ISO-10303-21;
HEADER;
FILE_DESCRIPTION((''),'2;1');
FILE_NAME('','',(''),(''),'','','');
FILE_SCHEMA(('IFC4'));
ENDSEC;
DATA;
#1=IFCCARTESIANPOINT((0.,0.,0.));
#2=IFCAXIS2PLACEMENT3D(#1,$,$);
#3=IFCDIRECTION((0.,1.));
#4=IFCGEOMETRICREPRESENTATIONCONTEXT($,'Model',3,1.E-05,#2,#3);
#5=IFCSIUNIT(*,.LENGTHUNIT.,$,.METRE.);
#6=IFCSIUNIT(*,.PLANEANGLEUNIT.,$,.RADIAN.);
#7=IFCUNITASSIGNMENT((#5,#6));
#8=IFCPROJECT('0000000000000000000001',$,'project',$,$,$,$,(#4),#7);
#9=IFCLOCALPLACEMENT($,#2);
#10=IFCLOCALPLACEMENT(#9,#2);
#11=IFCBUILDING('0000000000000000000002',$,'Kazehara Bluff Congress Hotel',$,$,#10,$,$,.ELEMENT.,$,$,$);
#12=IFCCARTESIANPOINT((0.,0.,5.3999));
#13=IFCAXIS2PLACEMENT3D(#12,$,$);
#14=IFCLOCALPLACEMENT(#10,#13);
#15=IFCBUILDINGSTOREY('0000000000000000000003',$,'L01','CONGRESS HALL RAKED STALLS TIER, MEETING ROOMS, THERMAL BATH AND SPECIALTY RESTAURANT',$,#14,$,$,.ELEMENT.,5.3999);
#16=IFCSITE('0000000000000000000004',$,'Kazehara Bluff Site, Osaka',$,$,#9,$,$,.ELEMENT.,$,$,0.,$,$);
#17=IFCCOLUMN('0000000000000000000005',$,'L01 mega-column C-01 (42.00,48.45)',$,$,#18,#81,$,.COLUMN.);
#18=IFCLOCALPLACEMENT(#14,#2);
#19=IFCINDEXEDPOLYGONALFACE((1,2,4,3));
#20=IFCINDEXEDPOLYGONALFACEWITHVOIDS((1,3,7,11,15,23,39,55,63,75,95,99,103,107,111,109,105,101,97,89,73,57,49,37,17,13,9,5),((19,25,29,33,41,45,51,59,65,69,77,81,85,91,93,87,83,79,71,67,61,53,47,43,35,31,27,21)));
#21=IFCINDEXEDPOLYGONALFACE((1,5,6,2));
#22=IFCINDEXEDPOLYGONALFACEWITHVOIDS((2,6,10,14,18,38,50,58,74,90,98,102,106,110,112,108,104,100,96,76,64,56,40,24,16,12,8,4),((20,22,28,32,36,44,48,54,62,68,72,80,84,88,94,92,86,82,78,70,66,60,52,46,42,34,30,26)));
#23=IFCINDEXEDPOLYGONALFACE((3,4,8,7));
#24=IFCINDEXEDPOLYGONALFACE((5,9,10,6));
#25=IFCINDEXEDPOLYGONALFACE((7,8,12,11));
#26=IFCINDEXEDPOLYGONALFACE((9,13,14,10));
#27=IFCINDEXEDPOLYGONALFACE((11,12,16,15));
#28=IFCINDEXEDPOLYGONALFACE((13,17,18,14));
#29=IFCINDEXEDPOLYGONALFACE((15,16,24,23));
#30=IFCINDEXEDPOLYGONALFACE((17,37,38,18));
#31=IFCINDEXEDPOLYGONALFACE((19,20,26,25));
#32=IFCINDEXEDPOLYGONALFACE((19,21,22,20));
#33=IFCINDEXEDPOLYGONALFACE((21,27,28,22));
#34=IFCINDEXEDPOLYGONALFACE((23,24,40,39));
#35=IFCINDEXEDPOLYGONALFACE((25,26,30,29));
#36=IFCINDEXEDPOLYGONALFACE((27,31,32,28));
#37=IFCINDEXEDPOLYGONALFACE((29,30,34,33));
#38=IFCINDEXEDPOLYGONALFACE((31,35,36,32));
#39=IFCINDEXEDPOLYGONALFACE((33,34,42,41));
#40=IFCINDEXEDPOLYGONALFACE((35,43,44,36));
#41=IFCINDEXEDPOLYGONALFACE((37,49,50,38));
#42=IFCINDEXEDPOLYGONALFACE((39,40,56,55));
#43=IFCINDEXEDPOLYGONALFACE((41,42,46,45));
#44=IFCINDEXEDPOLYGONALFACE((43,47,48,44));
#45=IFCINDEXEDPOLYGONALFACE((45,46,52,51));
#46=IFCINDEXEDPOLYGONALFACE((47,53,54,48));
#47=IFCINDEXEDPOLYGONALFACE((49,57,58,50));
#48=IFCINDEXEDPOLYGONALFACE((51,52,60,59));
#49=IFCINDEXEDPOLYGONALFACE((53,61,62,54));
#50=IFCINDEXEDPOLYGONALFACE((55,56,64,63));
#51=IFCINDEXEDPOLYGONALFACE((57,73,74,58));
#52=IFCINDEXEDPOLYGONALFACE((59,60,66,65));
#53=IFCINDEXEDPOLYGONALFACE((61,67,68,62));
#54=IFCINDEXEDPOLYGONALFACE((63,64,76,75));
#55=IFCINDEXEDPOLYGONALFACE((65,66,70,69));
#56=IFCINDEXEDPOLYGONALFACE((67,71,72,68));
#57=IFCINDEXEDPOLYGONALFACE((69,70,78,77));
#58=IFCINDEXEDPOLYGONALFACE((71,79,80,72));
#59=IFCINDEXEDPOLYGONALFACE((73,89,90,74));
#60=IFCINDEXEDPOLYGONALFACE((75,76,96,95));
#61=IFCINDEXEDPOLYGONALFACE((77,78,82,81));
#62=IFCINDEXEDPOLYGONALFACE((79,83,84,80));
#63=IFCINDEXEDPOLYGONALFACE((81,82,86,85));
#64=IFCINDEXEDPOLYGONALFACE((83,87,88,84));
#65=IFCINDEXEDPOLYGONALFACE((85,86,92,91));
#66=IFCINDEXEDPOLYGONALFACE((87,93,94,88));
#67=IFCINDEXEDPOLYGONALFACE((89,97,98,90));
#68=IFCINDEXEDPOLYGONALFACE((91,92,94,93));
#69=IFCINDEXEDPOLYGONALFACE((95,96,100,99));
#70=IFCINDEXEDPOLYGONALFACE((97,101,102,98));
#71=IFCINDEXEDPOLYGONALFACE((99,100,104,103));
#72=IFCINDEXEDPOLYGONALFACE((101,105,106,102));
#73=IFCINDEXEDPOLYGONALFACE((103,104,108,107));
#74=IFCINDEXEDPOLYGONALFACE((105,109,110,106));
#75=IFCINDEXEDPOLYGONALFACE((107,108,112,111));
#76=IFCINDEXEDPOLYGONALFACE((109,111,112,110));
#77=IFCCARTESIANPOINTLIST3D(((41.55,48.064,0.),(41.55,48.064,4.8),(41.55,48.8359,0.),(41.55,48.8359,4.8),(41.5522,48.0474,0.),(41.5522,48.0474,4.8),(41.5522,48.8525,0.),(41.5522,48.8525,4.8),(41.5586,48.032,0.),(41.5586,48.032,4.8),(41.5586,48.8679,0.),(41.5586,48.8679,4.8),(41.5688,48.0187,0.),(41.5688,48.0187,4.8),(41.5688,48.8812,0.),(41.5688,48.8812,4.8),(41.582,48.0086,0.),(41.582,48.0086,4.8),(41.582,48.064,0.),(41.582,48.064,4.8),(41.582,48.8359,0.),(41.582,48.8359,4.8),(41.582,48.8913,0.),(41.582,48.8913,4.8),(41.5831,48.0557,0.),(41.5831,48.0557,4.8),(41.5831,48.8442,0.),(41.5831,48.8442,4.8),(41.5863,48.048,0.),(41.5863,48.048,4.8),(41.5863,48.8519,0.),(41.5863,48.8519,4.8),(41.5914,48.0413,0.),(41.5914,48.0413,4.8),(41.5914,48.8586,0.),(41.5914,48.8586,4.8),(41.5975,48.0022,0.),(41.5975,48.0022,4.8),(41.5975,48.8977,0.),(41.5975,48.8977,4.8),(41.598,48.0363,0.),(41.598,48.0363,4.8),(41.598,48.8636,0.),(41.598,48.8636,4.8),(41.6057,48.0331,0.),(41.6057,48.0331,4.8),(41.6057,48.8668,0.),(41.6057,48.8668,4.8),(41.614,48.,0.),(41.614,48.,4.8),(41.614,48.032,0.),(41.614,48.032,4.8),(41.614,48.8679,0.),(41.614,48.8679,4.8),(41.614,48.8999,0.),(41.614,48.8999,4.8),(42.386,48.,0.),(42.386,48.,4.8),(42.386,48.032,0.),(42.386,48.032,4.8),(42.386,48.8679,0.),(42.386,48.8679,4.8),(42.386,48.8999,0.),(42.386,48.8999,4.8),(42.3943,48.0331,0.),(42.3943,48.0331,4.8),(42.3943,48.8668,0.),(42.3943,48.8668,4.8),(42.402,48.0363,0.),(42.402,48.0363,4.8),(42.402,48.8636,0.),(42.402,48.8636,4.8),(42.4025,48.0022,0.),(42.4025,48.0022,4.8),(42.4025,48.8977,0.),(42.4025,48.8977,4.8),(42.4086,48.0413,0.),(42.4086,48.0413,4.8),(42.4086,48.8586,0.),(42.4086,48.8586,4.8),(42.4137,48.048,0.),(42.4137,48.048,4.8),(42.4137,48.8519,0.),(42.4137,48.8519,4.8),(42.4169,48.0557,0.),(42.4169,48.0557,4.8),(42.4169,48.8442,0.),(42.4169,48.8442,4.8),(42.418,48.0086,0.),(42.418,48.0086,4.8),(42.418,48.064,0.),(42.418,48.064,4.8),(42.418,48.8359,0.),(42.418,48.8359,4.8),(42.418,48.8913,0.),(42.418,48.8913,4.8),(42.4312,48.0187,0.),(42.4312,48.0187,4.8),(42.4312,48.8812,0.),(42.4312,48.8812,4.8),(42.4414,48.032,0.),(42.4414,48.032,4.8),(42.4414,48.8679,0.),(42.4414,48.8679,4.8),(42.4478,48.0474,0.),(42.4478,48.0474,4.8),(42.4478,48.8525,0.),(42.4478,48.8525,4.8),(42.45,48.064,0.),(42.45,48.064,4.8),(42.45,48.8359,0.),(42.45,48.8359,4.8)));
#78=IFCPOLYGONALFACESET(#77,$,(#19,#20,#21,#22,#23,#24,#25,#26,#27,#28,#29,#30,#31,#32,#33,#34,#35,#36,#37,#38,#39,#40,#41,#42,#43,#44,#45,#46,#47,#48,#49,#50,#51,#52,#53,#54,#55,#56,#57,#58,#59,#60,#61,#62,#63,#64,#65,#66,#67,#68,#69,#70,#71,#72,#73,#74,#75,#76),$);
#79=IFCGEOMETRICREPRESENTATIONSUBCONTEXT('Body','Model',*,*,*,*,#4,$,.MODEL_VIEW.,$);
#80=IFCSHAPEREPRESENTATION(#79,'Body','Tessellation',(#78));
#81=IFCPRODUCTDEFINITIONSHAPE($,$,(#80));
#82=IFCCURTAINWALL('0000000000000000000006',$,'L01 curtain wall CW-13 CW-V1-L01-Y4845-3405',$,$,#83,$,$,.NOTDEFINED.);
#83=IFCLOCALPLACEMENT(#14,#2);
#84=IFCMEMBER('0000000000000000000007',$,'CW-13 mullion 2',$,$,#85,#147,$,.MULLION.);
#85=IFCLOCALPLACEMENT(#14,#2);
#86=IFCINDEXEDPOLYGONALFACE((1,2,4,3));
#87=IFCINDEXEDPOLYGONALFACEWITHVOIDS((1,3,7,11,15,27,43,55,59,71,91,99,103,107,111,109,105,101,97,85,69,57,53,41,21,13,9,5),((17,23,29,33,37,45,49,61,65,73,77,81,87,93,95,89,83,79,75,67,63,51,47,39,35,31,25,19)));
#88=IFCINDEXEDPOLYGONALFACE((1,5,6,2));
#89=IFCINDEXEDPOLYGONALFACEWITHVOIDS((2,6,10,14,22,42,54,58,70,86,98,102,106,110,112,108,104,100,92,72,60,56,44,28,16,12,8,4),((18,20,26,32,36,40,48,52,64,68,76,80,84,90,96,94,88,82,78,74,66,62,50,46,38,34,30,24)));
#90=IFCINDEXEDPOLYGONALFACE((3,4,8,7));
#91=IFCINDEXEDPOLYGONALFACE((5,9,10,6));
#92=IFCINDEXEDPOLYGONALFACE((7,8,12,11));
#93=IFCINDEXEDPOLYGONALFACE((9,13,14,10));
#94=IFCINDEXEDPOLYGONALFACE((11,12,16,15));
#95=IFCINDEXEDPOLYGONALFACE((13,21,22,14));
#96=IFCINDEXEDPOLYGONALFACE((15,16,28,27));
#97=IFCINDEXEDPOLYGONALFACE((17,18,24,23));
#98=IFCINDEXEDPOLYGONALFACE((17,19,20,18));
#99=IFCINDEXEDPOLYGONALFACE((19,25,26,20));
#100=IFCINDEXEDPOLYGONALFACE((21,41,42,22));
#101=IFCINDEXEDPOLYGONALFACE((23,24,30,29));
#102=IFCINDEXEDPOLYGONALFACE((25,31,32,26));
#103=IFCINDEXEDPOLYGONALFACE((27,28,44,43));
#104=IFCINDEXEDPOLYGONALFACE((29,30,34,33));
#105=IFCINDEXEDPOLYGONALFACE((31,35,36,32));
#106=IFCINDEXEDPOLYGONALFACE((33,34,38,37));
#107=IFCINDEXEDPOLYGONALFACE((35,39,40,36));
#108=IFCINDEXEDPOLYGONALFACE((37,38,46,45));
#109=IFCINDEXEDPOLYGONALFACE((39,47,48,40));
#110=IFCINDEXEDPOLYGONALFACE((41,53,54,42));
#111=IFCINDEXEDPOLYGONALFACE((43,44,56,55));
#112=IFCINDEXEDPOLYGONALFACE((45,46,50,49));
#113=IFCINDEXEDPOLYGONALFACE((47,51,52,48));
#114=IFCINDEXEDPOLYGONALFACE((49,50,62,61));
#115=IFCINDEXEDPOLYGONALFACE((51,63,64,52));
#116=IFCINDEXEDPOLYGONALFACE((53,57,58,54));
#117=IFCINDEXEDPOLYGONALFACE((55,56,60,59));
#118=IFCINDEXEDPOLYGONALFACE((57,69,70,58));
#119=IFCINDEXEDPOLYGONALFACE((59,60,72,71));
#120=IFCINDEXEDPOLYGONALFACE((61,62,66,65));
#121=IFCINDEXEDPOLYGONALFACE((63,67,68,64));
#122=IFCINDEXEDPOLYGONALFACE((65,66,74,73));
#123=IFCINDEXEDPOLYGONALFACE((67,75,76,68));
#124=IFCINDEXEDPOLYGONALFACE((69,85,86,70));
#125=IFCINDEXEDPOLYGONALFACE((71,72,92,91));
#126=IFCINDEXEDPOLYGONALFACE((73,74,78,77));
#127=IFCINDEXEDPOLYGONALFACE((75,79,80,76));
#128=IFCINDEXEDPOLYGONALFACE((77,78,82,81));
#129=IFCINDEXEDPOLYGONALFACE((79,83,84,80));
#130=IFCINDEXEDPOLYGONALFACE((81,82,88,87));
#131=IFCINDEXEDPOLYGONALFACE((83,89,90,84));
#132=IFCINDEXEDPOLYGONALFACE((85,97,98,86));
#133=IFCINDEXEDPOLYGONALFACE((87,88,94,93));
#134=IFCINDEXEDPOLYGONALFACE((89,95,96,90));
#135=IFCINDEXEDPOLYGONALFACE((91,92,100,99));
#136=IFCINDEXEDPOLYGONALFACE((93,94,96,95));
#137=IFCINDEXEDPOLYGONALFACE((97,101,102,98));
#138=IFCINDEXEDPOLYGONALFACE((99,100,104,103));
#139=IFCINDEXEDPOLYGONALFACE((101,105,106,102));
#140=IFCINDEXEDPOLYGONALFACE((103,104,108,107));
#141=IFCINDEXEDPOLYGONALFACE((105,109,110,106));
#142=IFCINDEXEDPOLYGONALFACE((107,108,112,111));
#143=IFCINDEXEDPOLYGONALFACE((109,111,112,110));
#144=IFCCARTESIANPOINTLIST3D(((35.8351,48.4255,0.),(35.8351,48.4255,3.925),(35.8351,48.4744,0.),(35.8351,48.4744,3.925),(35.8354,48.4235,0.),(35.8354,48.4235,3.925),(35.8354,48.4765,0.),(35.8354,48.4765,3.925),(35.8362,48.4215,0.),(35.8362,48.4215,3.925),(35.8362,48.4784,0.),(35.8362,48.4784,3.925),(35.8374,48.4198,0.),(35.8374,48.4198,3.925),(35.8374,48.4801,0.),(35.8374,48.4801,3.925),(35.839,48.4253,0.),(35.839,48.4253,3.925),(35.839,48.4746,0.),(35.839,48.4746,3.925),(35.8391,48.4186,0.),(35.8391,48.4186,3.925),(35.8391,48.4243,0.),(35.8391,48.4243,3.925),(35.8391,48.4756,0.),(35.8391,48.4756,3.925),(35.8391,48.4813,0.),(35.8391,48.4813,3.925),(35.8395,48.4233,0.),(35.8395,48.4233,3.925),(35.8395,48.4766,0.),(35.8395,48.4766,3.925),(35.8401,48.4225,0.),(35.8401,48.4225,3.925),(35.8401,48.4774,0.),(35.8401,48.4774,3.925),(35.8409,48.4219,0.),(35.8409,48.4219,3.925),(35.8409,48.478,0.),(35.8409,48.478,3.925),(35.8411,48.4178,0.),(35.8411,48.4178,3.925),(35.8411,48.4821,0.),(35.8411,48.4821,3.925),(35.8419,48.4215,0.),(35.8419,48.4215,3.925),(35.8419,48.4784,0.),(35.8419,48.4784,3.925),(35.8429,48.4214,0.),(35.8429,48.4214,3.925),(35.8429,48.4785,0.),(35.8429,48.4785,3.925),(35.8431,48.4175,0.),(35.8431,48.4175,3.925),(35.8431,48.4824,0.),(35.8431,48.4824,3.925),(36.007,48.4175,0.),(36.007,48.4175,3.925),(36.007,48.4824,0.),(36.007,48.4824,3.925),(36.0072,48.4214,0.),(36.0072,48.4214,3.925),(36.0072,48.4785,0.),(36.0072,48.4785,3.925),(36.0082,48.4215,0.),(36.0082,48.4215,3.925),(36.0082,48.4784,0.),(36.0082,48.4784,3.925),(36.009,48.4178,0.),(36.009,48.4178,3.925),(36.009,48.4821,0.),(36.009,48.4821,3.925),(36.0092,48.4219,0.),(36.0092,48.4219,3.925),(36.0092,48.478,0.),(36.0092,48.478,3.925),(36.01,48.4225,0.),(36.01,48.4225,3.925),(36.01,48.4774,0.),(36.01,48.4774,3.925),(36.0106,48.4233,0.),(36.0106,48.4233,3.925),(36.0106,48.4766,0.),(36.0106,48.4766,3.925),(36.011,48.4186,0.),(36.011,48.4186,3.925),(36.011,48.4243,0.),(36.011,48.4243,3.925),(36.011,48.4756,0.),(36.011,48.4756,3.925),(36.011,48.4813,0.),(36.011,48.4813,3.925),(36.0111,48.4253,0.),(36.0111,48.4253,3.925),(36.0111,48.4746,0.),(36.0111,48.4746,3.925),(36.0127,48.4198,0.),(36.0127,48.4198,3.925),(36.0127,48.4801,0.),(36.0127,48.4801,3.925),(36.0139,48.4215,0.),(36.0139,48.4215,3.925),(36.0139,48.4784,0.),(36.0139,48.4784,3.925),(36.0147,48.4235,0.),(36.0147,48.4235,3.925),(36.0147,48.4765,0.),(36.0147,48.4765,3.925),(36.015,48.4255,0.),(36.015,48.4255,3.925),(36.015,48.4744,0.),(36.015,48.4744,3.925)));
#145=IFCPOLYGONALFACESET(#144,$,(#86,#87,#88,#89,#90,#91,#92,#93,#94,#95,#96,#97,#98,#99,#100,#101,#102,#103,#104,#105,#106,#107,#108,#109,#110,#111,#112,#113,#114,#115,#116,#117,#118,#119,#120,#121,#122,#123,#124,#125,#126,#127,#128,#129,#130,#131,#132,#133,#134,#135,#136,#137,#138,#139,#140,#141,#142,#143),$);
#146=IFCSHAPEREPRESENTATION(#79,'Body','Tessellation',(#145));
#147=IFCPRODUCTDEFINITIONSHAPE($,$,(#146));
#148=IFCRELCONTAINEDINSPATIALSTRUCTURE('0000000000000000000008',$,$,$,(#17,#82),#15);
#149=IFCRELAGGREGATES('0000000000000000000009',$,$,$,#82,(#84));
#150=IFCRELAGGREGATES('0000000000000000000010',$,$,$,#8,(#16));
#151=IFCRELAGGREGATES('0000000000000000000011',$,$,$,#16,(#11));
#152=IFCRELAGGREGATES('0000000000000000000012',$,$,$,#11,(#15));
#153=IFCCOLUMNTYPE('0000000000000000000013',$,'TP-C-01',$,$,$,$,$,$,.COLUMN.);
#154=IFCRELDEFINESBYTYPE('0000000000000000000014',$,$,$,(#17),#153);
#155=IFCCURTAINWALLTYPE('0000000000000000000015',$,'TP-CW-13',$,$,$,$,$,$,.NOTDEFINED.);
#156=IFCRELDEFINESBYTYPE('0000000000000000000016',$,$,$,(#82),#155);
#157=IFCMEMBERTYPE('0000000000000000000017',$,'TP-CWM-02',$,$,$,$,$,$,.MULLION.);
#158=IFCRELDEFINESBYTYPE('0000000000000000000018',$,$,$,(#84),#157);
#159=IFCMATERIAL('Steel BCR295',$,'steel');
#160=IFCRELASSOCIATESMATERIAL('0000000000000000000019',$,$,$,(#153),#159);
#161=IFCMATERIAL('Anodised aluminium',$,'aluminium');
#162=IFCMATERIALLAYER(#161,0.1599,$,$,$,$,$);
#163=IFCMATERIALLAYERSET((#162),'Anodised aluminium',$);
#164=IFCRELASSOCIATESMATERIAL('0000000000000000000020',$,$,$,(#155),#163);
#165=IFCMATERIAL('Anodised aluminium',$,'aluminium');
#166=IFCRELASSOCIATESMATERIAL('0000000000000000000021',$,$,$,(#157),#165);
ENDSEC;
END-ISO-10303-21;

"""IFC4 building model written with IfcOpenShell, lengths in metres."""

from ifc_helpers import new_model, si_unit, direction, frame, origin, origin_2d, place, context, subcontext, project, spatial, hollow_rectangle, extrude, material, layer, layer_set, material_profile, profile_set, type_object, element, aggregate, save


model = new_model("IFC4")

# Units and contexts
model_context = context("Model", 3, precision=1e-05, world=origin(), true_north=direction((0.0, 1.0)))
body_context = subcontext(model_context, "Body", "Model", "MODEL_VIEW")
ifc_project = project(units=[si_unit("LENGTHUNIT", "METRE"), si_unit("PLANEANGLEUNIT", "RADIAN")], contexts=[model_context])

# Site, building, storey
site_placement = place(None, origin())
site = spatial("IfcSite", under=ifc_project, at=site_placement, Name="Kazehara Bluff Site, Osaka", CompositionType="ELEMENT", RefElevation=0.0)
building_placement = place(site_placement, origin())
building = spatial("IfcBuilding", under=site, at=building_placement, Name="Kazehara Bluff Congress Hotel", CompositionType="ELEMENT")
storey_placement = place(building_placement, frame((0.0, 0.0, 5.3999)))
storey = spatial("IfcBuildingStorey", under=building, at=storey_placement, Name="L01", Description="CONGRESS HALL RAKED STALLS TIER, MEETING ROOMS, THERMAL BATH AND SPECIALTY RESTAURANT", CompositionType="ELEMENT", Elevation=5.3999)

# Column
ifc_material_1 = material(Name="Steel BCR295", Category="steel")
ifc_material_profile_1 = material_profile(ifc_material_1, hollow_rectangle(XDim=0.8999, YDim=0.8999, WallThickness=0.032, InnerFilletRadius=0.032, OuterFilletRadius=0.064, at=origin_2d()))
ifc_profile_set_1 = profile_set([ifc_material_profile_1], Name="Steel BCR295")
column_type = type_object("IfcColumnType", Name="TP-C-01", PredefinedType="COLUMN", material=ifc_profile_set_1)
column_placement = place(storey_placement, frame((42.0, 48.45, 0.0), z_axis=(0.0, 0.0, 1.0), x_axis=(1.0, 0.0, 0.0)))
element("IfcColumn", 1, at=column_placement, inside=storey, type_object=column_type, Name="L01 mega-column C-01 (42.00,48.45)", PredefinedType="COLUMN", context=body_context, shape_type="SweptSolid", body=[
    extrude(hollow_rectangle(XDim=0.8999, YDim=0.8999, WallThickness=0.032, InnerFilletRadius=0.032, OuterFilletRadius=0.064, at=origin_2d()), origin(), (0.0, 0.0, 1.0), 4.8),
])

# Curtain wall, member
ifc_material_2 = material(Name="Anodised aluminium", Category="aluminium")
ifc_layer_1 = layer(ifc_material_2, 0.1599)
ifc_layer_set_1 = layer_set([ifc_layer_1], Name="Anodised aluminium")
curtain_wall_type = type_object("IfcCurtainWallType", Name="TP-CW-13", PredefinedType="NOTDEFINED", material=ifc_layer_set_1)
curtain_wall_1_placement = place(storey_placement, origin())
curtain_wall_1 = element("IfcCurtainWall", 2, at=curtain_wall_1_placement, inside=storey, type_object=curtain_wall_type, Name="L01 curtain wall CW-13 CW-V1-L01-Y4845-3405", PredefinedType="NOTDEFINED")
ifc_material_3 = material(Name="Anodised aluminium", Category="aluminium")
ifc_material_profile_2 = material_profile(ifc_material_3, hollow_rectangle(XDim=0.0649, YDim=0.1799, WallThickness=0.0039, InnerFilletRadius=0.0039, OuterFilletRadius=0.0081, at=origin_2d()))
ifc_profile_set_2 = profile_set([ifc_material_profile_2], Name="Anodised aluminium")
member_type_1 = type_object("IfcMemberType", Name="TP-CWM-02", PredefinedType="MULLION", material=ifc_profile_set_2)
member_1_placement = place(storey_placement, frame((35.925, 48.45, 0.0), z_axis=(0.0, 0.0, 1.0), x_axis=(0.0, 1.0, 0.0)))
member_1 = element("IfcMember", 3, at=member_1_placement, type_object=member_type_1, Name="CW-13 mullion 2", PredefinedType="MULLION", context=body_context, shape_type="SweptSolid", body=[
    extrude(hollow_rectangle(XDim=0.0649, YDim=0.1799, WallThickness=0.0039, InnerFilletRadius=0.0039, OuterFilletRadius=0.0081, at=origin_2d()), origin(), (0.0, 0.0, 1.0), 3.925),
])

aggregate(curtain_wall_1, [member_1])

save(model, "model.ifc")
